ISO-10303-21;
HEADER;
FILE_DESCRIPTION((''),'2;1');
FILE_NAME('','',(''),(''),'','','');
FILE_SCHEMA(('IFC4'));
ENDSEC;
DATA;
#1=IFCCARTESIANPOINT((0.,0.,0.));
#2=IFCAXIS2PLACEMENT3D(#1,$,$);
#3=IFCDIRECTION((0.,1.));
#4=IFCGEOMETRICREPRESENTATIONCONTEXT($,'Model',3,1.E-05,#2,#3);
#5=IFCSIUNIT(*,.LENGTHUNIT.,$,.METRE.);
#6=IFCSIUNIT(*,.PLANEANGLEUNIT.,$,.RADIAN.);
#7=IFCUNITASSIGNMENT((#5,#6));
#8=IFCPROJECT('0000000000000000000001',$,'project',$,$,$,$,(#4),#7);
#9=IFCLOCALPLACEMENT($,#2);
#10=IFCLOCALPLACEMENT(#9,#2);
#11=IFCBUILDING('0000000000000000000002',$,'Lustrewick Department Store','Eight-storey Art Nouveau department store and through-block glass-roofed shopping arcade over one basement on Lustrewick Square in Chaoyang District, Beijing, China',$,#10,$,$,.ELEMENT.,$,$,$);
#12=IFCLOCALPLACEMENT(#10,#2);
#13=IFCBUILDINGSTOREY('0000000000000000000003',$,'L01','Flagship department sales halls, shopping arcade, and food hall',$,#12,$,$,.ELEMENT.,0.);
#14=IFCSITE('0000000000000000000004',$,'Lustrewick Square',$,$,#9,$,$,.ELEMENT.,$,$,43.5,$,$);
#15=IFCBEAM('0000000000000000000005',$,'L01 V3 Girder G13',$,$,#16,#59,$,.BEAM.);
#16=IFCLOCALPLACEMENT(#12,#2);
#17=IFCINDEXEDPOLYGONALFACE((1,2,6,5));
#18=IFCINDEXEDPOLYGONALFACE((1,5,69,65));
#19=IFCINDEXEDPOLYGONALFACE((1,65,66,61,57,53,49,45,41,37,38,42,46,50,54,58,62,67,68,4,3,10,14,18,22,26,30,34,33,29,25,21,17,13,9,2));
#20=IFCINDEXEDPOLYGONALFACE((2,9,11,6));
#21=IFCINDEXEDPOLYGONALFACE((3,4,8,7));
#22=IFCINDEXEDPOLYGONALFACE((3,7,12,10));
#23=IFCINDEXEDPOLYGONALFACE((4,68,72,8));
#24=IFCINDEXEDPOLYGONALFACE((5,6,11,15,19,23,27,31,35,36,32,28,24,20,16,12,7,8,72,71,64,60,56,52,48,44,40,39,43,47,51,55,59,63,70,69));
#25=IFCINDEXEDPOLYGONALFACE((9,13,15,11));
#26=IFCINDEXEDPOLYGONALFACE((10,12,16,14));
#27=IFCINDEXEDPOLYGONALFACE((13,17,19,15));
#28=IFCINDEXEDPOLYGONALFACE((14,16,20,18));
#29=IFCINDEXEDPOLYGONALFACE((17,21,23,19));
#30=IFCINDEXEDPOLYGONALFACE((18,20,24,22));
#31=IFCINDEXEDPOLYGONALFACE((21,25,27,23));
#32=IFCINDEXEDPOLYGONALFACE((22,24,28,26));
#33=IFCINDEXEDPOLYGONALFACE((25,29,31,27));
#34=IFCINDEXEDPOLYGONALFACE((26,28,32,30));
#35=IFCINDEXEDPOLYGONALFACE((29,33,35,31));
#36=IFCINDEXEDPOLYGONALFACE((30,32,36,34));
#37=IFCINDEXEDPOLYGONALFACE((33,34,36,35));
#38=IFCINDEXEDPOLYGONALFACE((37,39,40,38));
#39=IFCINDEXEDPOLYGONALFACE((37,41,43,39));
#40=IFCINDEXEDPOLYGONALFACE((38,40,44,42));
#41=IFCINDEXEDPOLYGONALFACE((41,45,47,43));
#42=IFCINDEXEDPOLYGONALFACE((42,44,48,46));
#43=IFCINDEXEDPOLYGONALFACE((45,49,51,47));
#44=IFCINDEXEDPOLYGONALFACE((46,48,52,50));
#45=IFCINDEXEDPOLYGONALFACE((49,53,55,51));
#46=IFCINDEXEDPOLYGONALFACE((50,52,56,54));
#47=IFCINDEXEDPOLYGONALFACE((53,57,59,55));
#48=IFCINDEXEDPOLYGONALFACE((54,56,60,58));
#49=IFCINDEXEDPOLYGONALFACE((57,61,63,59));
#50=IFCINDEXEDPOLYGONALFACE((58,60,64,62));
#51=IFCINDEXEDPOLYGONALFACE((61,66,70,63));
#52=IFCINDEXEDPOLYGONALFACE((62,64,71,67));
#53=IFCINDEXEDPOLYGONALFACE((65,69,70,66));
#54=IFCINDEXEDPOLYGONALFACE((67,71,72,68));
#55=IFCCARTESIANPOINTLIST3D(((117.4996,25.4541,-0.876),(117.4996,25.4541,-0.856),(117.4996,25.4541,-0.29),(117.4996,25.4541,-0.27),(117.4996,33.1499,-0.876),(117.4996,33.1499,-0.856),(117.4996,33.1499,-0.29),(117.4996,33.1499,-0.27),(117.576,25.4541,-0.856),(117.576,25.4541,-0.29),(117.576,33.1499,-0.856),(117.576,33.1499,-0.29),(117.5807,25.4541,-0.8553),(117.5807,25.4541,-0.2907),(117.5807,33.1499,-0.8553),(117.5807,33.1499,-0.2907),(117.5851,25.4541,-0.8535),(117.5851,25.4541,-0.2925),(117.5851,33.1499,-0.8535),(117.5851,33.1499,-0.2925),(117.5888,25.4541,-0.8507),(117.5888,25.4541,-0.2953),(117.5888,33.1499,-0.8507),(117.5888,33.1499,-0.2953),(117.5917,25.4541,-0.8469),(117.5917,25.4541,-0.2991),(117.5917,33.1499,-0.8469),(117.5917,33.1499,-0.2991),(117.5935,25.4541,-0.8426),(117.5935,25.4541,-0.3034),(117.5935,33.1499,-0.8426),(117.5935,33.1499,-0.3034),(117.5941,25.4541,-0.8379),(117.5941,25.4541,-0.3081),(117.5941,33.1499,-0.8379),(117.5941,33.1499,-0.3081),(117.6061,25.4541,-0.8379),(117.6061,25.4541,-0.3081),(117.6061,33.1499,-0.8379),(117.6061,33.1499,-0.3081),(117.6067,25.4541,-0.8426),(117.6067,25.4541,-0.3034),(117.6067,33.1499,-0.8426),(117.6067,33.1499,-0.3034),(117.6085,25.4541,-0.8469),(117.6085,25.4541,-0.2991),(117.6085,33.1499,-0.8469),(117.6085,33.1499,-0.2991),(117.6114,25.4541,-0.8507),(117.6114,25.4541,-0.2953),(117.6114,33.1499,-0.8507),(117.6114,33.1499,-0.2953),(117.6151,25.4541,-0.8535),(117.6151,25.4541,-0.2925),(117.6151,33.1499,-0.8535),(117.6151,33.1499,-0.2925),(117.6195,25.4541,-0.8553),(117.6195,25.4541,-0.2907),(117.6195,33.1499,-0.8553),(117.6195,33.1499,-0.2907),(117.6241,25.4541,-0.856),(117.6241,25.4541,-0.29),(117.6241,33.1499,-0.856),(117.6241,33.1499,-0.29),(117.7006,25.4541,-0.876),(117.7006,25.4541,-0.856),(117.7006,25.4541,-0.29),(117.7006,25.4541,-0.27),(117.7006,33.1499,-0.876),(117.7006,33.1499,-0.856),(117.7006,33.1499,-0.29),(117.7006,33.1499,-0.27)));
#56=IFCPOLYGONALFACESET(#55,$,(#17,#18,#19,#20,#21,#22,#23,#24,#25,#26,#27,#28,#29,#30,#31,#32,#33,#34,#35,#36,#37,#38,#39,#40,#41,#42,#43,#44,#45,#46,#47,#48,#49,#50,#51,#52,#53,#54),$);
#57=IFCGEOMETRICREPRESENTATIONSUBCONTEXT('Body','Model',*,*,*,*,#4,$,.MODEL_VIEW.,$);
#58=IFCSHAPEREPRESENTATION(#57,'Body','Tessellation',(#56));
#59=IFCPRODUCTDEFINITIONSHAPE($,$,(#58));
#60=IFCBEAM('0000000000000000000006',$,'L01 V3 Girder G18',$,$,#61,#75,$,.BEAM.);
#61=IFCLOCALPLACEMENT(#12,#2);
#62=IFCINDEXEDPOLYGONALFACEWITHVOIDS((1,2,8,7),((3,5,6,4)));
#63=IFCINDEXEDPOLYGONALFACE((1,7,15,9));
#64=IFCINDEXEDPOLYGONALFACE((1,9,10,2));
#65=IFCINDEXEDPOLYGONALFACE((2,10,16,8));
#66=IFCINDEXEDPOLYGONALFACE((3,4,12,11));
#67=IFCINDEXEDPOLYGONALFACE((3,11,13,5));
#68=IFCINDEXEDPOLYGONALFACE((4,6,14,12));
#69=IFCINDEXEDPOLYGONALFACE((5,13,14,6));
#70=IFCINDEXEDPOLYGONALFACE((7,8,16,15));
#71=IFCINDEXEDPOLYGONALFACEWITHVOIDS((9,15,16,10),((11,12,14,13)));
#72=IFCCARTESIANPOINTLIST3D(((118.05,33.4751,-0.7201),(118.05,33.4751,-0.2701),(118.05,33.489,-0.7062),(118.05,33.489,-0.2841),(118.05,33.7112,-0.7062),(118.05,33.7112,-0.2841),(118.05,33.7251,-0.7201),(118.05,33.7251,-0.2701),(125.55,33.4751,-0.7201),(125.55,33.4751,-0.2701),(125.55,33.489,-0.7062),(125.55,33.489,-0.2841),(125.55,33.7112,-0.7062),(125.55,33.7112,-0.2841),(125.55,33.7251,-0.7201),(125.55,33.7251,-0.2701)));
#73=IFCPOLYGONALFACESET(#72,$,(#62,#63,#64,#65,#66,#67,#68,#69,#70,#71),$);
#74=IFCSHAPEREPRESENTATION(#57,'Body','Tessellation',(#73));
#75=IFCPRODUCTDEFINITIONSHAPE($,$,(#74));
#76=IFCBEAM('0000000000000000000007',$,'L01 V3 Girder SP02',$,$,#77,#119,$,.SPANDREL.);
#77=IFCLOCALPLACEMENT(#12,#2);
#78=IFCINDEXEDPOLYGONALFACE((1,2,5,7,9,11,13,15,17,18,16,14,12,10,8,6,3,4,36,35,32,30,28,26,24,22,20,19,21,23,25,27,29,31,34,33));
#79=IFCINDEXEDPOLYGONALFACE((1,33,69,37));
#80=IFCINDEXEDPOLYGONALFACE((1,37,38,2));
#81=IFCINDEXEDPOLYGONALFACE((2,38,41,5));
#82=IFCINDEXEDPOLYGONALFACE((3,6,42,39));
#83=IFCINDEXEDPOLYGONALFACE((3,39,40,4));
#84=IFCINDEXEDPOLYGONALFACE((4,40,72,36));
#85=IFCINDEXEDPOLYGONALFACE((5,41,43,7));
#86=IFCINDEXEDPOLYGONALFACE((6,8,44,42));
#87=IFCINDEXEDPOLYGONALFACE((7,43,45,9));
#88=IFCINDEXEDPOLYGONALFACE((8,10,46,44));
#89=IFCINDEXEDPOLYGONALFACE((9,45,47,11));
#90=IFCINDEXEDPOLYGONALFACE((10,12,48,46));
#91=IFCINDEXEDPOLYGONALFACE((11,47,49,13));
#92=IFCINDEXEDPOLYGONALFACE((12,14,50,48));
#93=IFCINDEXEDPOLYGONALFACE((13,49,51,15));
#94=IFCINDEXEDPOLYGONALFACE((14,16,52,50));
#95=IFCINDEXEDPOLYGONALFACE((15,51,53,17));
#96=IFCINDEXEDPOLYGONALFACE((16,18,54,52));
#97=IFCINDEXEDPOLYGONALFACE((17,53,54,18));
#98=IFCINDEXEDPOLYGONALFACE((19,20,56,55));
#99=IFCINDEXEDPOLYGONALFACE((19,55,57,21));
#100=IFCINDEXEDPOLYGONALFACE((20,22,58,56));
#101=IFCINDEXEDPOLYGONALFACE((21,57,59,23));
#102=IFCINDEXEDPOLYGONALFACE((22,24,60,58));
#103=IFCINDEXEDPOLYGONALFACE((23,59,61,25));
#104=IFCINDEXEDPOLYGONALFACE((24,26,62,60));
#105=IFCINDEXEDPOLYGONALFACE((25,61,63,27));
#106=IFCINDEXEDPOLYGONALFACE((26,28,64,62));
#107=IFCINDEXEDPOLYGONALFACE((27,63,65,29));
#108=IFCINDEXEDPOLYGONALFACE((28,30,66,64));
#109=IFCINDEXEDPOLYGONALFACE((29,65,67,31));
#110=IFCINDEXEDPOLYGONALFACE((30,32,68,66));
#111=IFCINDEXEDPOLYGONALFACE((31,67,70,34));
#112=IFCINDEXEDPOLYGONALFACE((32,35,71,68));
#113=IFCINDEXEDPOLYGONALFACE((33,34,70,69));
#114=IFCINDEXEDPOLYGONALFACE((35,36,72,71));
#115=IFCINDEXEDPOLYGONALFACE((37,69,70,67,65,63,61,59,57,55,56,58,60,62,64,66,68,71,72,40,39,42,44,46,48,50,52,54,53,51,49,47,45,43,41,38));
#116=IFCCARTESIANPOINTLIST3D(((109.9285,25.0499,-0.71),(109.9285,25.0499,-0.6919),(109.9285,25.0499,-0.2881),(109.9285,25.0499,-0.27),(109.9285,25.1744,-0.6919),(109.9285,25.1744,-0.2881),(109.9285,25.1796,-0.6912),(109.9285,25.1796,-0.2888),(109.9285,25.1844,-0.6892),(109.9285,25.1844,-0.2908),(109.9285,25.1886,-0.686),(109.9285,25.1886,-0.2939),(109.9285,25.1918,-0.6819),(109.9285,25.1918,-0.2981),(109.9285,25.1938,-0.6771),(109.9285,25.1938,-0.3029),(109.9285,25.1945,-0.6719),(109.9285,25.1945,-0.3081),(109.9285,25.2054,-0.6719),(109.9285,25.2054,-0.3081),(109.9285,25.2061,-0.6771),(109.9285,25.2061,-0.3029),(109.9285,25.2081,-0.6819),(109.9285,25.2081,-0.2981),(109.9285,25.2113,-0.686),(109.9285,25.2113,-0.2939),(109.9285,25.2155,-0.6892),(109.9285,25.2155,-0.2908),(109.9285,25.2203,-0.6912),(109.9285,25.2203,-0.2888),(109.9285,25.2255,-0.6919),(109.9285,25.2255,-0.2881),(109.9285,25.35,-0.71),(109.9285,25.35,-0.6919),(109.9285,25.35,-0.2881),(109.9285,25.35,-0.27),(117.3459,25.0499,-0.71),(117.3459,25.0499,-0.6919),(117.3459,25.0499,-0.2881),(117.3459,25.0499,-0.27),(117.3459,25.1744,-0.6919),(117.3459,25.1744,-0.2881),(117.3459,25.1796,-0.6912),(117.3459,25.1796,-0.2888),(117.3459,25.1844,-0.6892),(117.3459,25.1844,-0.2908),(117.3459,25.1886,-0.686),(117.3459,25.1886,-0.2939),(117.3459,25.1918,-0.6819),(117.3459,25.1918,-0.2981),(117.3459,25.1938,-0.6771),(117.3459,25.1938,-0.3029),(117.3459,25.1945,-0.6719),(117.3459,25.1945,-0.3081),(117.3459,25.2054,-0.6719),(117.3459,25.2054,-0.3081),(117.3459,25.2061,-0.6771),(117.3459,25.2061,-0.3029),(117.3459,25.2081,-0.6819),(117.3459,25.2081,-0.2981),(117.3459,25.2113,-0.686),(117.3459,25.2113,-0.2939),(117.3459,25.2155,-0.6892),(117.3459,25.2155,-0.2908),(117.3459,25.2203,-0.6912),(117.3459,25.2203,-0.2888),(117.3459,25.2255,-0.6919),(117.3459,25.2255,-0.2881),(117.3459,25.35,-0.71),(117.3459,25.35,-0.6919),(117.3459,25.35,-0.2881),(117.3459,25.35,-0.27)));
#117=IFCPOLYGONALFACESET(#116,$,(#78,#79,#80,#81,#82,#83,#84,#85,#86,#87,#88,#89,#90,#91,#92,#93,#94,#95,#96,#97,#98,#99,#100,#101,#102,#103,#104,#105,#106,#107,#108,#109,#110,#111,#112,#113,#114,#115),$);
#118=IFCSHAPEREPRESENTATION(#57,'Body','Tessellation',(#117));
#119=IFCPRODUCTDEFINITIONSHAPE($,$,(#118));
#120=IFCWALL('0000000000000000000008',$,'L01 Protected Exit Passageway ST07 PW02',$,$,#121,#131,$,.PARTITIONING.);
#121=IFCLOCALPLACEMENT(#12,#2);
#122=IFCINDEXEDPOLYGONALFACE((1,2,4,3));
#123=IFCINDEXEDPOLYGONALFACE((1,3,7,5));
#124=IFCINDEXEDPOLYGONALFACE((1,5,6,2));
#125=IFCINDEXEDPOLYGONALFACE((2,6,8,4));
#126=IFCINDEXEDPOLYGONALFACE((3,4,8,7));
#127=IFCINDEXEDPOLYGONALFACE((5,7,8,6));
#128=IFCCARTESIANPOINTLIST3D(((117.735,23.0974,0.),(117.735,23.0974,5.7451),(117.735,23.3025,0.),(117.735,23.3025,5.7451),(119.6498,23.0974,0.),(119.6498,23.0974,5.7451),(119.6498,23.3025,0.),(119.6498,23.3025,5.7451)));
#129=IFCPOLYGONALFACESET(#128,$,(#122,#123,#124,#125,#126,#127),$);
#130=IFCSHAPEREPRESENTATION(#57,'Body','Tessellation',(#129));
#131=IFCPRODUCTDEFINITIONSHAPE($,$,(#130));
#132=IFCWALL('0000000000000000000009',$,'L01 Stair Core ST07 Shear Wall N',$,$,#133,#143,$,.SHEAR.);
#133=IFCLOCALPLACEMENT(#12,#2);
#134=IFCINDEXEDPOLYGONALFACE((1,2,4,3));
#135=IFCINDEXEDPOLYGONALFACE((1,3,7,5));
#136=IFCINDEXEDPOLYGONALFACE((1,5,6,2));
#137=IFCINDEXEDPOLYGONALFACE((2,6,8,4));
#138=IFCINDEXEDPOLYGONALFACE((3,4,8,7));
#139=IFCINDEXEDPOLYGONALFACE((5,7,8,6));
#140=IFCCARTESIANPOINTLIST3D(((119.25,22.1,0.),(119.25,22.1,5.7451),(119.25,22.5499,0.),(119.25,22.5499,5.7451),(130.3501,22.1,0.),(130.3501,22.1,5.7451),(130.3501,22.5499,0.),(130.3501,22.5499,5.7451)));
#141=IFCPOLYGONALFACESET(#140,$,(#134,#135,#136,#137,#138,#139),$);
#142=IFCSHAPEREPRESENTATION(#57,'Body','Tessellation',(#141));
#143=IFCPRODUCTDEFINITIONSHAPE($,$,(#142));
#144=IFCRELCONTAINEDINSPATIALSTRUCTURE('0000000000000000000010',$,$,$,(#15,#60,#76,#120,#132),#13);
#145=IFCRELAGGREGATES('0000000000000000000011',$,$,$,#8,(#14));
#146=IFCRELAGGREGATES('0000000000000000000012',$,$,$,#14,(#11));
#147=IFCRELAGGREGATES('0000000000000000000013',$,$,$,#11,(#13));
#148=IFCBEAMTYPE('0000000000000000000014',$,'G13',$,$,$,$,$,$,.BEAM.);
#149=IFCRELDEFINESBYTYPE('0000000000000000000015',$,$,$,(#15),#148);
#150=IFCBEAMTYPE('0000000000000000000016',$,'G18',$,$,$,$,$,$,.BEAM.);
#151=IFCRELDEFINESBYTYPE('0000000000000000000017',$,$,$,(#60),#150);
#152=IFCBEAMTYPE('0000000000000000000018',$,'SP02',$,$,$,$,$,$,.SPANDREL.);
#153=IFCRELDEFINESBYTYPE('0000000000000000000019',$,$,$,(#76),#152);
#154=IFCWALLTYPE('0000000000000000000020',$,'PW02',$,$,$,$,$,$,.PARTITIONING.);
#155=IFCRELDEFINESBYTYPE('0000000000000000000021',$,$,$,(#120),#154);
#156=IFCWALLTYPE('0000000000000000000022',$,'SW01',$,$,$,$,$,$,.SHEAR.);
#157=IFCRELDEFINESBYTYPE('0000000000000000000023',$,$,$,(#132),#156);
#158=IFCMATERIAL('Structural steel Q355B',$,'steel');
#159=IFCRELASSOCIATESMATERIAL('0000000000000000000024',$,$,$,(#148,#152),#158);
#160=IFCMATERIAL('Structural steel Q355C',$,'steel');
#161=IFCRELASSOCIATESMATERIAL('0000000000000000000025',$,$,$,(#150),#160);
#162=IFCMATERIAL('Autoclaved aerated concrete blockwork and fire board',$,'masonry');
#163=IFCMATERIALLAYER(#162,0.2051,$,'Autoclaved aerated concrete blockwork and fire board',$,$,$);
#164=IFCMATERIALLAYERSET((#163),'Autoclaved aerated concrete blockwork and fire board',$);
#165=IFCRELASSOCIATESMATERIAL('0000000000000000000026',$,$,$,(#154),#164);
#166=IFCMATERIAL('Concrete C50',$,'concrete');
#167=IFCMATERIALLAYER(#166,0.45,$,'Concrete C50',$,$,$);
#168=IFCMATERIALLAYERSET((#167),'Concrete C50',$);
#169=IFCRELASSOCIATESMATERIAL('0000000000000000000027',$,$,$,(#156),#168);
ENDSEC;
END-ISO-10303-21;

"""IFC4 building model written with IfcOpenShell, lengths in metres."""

from ifc_helpers import new_model, si_unit, direction, frame, frame_2d, origin, origin_2d, place, context, subcontext, project, spatial, rectangle, hollow_rectangle, i_section, extrude, material, layer, layer_set, material_profile, profile_set, type_object, element, save


model = new_model("IFC4")

# Units and contexts
model_context = context("Model", 3, precision=1e-05, world=origin(), true_north=direction((0.0, 1.0)))
body_context = subcontext(model_context, "Body", "Model", "MODEL_VIEW")
ifc_project = project(units=[si_unit("LENGTHUNIT", "METRE"), si_unit("PLANEANGLEUNIT", "RADIAN")], contexts=[model_context])

# Site, building, storey
site_placement = place(None, origin())
site = spatial("IfcSite", under=ifc_project, at=site_placement, Name="Lustrewick Square", CompositionType="ELEMENT", RefElevation=43.5)
building_placement = place(site_placement, origin())
building = spatial("IfcBuilding", under=site, at=building_placement, Name="Lustrewick Department Store", Description="Eight-storey Art Nouveau department store and through-block glass-roofed shopping arcade over one basement on Lustrewick Square in Chaoyang District, Beijing, China", CompositionType="ELEMENT")
storey_placement = place(building_placement, origin())
storey = spatial("IfcBuildingStorey", under=building, at=storey_placement, Name="L01", Description="Flagship department sales halls, shopping arcade, and food hall", CompositionType="ELEMENT", Elevation=0.0)

# Shared definitions
ifc_material_1 = material(Name="Structural steel Q355C", Category="steel")

# Beams
ifc_material_2 = material(Name="Structural steel Q355B", Category="steel")
ifc_material_profile_1 = material_profile(ifc_material_2, i_section(OverallWidth=0.2009, OverallDepth=0.606, WebThickness=0.012, FlangeThickness=0.02, FilletRadius=0.0181, at=origin_2d()), Name="HN 606x201x12x20")
ifc_profile_set_1 = profile_set([ifc_material_profile_1], Name="Structural steel Q355B")
beam_type_1 = type_object("IfcBeamType", Name="G13", PredefinedType="BEAM", material=ifc_profile_set_1)
beam_1_placement = place(storey_placement, frame((117.6001, 25.4541, -0.573), z_axis=(0.0, 1.0, 0.0), x_axis=(-1.0, 0.0, 0.0)))
element("IfcBeam", 1, at=beam_1_placement, inside=storey, type_object=beam_type_1, Name="L01 V3 Girder G13", PredefinedType="BEAM", context=body_context, shape_type="SweptSolid", body=[
    extrude(i_section(OverallWidth=0.2009, OverallDepth=0.606, WebThickness=0.012, FlangeThickness=0.02, FilletRadius=0.0181, at=origin_2d()), origin(), (0.0, 0.0, 1.0), 7.6958),
])
ifc_material_profile_2 = material_profile(ifc_material_1, hollow_rectangle(XDim=0.25, YDim=0.45, WallThickness=0.0139, at=origin_2d()), Name="RHS 450x250x14")
ifc_profile_set_2 = profile_set([ifc_material_profile_2], Name="Structural steel Q355C")
beam_type_2 = type_object("IfcBeamType", Name="G18", PredefinedType="BEAM", material=ifc_profile_set_2)
beam_2_placement = place(storey_placement, frame((118.05, 33.6001, -0.4951), z_axis=(1.0, 0.0, 0.0), x_axis=(0.0, 1.0, 0.0)))
element("IfcBeam", 2, at=beam_2_placement, inside=storey, type_object=beam_type_2, Name="L01 V3 Girder G18", PredefinedType="BEAM", context=body_context, shape_type="SweptSolid", body=[
    extrude(hollow_rectangle(XDim=0.25, YDim=0.45, WallThickness=0.0139, at=origin_2d()), origin(), (0.0, 0.0, 1.0), 7.5),
])
ifc_material_profile_3 = material_profile(ifc_material_2, i_section(OverallWidth=0.3, OverallDepth=0.4399, WebThickness=0.011, FlangeThickness=0.0181, FilletRadius=0.02, at=origin_2d()), Name="HM 440x300x11x18")
ifc_profile_set_3 = profile_set([ifc_material_profile_3], Name="Structural steel Q355B")
beam_type_3 = type_object("IfcBeamType", Name="SP02", PredefinedType="SPANDREL", material=ifc_profile_set_3)
beam_3_placement = place(storey_placement, frame((109.9285, 25.2, -0.49), z_axis=(1.0, 0.0, 0.0), x_axis=(0.0, 1.0, 0.0)))
element("IfcBeam", 3, at=beam_3_placement, inside=storey, type_object=beam_type_3, Name="L01 V3 Girder SP02", PredefinedType="SPANDREL", context=body_context, shape_type="SweptSolid", body=[
    extrude(i_section(OverallWidth=0.3, OverallDepth=0.4399, WebThickness=0.011, FlangeThickness=0.0181, FilletRadius=0.02, at=origin_2d()), origin(), (0.0, 0.0, 1.0), 7.4175),
])

# Walls
ifc_material_3 = material(Name="Autoclaved aerated concrete blockwork and fire board", Category="masonry")
ifc_layer_1 = layer(ifc_material_3, 0.2051, Name="Autoclaved aerated concrete blockwork and fire board")
ifc_layer_set_1 = layer_set([ifc_layer_1], Name="Autoclaved aerated concrete blockwork and fire board")
wall_type_1 = type_object("IfcWallType", Name="PW02", PredefinedType="PARTITIONING", material=ifc_layer_set_1)
wall_1_placement = place(storey_placement, frame((119.6499, 23.2, 0.0), z_axis=(0.0, 0.0, 1.0), x_axis=(-1.0, 0.0, 0.0)))
element("IfcWall", 4, at=wall_1_placement, inside=storey, type_object=wall_type_1, Name="L01 Protected Exit Passageway ST07 PW02", PredefinedType="PARTITIONING", context=body_context, shape_type="SweptSolid", body=[
    extrude(rectangle(XDim=1.9148, YDim=0.2051, at=frame_2d((0.9575, 0.0))), origin(), (0.0, 0.0, 1.0), 5.7451),
])
ifc_material_4 = material(Name="Concrete C50", Category="concrete")
ifc_layer_2 = layer(ifc_material_4, 0.45, Name="Concrete C50")
ifc_layer_set_2 = layer_set([ifc_layer_2], Name="Concrete C50")
wall_type_2 = type_object("IfcWallType", Name="SW01", PredefinedType="SHEAR", material=ifc_layer_set_2)
wall_2_placement = place(storey_placement, frame((130.3501, 22.325, 0.0), z_axis=(0.0, 0.0, 1.0), x_axis=(-1.0, 0.0, 0.0)))
element("IfcWall", 5, at=wall_2_placement, inside=storey, type_object=wall_type_2, Name="L01 Stair Core ST07 Shear Wall N", PredefinedType="SHEAR", context=body_context, shape_type="SweptSolid", body=[
    extrude(rectangle(XDim=11.1001, YDim=0.45, at=frame_2d((5.55, 0.0))), origin(), (0.0, 0.0, 1.0), 5.7451),
])

save(model, "model.ifc")
